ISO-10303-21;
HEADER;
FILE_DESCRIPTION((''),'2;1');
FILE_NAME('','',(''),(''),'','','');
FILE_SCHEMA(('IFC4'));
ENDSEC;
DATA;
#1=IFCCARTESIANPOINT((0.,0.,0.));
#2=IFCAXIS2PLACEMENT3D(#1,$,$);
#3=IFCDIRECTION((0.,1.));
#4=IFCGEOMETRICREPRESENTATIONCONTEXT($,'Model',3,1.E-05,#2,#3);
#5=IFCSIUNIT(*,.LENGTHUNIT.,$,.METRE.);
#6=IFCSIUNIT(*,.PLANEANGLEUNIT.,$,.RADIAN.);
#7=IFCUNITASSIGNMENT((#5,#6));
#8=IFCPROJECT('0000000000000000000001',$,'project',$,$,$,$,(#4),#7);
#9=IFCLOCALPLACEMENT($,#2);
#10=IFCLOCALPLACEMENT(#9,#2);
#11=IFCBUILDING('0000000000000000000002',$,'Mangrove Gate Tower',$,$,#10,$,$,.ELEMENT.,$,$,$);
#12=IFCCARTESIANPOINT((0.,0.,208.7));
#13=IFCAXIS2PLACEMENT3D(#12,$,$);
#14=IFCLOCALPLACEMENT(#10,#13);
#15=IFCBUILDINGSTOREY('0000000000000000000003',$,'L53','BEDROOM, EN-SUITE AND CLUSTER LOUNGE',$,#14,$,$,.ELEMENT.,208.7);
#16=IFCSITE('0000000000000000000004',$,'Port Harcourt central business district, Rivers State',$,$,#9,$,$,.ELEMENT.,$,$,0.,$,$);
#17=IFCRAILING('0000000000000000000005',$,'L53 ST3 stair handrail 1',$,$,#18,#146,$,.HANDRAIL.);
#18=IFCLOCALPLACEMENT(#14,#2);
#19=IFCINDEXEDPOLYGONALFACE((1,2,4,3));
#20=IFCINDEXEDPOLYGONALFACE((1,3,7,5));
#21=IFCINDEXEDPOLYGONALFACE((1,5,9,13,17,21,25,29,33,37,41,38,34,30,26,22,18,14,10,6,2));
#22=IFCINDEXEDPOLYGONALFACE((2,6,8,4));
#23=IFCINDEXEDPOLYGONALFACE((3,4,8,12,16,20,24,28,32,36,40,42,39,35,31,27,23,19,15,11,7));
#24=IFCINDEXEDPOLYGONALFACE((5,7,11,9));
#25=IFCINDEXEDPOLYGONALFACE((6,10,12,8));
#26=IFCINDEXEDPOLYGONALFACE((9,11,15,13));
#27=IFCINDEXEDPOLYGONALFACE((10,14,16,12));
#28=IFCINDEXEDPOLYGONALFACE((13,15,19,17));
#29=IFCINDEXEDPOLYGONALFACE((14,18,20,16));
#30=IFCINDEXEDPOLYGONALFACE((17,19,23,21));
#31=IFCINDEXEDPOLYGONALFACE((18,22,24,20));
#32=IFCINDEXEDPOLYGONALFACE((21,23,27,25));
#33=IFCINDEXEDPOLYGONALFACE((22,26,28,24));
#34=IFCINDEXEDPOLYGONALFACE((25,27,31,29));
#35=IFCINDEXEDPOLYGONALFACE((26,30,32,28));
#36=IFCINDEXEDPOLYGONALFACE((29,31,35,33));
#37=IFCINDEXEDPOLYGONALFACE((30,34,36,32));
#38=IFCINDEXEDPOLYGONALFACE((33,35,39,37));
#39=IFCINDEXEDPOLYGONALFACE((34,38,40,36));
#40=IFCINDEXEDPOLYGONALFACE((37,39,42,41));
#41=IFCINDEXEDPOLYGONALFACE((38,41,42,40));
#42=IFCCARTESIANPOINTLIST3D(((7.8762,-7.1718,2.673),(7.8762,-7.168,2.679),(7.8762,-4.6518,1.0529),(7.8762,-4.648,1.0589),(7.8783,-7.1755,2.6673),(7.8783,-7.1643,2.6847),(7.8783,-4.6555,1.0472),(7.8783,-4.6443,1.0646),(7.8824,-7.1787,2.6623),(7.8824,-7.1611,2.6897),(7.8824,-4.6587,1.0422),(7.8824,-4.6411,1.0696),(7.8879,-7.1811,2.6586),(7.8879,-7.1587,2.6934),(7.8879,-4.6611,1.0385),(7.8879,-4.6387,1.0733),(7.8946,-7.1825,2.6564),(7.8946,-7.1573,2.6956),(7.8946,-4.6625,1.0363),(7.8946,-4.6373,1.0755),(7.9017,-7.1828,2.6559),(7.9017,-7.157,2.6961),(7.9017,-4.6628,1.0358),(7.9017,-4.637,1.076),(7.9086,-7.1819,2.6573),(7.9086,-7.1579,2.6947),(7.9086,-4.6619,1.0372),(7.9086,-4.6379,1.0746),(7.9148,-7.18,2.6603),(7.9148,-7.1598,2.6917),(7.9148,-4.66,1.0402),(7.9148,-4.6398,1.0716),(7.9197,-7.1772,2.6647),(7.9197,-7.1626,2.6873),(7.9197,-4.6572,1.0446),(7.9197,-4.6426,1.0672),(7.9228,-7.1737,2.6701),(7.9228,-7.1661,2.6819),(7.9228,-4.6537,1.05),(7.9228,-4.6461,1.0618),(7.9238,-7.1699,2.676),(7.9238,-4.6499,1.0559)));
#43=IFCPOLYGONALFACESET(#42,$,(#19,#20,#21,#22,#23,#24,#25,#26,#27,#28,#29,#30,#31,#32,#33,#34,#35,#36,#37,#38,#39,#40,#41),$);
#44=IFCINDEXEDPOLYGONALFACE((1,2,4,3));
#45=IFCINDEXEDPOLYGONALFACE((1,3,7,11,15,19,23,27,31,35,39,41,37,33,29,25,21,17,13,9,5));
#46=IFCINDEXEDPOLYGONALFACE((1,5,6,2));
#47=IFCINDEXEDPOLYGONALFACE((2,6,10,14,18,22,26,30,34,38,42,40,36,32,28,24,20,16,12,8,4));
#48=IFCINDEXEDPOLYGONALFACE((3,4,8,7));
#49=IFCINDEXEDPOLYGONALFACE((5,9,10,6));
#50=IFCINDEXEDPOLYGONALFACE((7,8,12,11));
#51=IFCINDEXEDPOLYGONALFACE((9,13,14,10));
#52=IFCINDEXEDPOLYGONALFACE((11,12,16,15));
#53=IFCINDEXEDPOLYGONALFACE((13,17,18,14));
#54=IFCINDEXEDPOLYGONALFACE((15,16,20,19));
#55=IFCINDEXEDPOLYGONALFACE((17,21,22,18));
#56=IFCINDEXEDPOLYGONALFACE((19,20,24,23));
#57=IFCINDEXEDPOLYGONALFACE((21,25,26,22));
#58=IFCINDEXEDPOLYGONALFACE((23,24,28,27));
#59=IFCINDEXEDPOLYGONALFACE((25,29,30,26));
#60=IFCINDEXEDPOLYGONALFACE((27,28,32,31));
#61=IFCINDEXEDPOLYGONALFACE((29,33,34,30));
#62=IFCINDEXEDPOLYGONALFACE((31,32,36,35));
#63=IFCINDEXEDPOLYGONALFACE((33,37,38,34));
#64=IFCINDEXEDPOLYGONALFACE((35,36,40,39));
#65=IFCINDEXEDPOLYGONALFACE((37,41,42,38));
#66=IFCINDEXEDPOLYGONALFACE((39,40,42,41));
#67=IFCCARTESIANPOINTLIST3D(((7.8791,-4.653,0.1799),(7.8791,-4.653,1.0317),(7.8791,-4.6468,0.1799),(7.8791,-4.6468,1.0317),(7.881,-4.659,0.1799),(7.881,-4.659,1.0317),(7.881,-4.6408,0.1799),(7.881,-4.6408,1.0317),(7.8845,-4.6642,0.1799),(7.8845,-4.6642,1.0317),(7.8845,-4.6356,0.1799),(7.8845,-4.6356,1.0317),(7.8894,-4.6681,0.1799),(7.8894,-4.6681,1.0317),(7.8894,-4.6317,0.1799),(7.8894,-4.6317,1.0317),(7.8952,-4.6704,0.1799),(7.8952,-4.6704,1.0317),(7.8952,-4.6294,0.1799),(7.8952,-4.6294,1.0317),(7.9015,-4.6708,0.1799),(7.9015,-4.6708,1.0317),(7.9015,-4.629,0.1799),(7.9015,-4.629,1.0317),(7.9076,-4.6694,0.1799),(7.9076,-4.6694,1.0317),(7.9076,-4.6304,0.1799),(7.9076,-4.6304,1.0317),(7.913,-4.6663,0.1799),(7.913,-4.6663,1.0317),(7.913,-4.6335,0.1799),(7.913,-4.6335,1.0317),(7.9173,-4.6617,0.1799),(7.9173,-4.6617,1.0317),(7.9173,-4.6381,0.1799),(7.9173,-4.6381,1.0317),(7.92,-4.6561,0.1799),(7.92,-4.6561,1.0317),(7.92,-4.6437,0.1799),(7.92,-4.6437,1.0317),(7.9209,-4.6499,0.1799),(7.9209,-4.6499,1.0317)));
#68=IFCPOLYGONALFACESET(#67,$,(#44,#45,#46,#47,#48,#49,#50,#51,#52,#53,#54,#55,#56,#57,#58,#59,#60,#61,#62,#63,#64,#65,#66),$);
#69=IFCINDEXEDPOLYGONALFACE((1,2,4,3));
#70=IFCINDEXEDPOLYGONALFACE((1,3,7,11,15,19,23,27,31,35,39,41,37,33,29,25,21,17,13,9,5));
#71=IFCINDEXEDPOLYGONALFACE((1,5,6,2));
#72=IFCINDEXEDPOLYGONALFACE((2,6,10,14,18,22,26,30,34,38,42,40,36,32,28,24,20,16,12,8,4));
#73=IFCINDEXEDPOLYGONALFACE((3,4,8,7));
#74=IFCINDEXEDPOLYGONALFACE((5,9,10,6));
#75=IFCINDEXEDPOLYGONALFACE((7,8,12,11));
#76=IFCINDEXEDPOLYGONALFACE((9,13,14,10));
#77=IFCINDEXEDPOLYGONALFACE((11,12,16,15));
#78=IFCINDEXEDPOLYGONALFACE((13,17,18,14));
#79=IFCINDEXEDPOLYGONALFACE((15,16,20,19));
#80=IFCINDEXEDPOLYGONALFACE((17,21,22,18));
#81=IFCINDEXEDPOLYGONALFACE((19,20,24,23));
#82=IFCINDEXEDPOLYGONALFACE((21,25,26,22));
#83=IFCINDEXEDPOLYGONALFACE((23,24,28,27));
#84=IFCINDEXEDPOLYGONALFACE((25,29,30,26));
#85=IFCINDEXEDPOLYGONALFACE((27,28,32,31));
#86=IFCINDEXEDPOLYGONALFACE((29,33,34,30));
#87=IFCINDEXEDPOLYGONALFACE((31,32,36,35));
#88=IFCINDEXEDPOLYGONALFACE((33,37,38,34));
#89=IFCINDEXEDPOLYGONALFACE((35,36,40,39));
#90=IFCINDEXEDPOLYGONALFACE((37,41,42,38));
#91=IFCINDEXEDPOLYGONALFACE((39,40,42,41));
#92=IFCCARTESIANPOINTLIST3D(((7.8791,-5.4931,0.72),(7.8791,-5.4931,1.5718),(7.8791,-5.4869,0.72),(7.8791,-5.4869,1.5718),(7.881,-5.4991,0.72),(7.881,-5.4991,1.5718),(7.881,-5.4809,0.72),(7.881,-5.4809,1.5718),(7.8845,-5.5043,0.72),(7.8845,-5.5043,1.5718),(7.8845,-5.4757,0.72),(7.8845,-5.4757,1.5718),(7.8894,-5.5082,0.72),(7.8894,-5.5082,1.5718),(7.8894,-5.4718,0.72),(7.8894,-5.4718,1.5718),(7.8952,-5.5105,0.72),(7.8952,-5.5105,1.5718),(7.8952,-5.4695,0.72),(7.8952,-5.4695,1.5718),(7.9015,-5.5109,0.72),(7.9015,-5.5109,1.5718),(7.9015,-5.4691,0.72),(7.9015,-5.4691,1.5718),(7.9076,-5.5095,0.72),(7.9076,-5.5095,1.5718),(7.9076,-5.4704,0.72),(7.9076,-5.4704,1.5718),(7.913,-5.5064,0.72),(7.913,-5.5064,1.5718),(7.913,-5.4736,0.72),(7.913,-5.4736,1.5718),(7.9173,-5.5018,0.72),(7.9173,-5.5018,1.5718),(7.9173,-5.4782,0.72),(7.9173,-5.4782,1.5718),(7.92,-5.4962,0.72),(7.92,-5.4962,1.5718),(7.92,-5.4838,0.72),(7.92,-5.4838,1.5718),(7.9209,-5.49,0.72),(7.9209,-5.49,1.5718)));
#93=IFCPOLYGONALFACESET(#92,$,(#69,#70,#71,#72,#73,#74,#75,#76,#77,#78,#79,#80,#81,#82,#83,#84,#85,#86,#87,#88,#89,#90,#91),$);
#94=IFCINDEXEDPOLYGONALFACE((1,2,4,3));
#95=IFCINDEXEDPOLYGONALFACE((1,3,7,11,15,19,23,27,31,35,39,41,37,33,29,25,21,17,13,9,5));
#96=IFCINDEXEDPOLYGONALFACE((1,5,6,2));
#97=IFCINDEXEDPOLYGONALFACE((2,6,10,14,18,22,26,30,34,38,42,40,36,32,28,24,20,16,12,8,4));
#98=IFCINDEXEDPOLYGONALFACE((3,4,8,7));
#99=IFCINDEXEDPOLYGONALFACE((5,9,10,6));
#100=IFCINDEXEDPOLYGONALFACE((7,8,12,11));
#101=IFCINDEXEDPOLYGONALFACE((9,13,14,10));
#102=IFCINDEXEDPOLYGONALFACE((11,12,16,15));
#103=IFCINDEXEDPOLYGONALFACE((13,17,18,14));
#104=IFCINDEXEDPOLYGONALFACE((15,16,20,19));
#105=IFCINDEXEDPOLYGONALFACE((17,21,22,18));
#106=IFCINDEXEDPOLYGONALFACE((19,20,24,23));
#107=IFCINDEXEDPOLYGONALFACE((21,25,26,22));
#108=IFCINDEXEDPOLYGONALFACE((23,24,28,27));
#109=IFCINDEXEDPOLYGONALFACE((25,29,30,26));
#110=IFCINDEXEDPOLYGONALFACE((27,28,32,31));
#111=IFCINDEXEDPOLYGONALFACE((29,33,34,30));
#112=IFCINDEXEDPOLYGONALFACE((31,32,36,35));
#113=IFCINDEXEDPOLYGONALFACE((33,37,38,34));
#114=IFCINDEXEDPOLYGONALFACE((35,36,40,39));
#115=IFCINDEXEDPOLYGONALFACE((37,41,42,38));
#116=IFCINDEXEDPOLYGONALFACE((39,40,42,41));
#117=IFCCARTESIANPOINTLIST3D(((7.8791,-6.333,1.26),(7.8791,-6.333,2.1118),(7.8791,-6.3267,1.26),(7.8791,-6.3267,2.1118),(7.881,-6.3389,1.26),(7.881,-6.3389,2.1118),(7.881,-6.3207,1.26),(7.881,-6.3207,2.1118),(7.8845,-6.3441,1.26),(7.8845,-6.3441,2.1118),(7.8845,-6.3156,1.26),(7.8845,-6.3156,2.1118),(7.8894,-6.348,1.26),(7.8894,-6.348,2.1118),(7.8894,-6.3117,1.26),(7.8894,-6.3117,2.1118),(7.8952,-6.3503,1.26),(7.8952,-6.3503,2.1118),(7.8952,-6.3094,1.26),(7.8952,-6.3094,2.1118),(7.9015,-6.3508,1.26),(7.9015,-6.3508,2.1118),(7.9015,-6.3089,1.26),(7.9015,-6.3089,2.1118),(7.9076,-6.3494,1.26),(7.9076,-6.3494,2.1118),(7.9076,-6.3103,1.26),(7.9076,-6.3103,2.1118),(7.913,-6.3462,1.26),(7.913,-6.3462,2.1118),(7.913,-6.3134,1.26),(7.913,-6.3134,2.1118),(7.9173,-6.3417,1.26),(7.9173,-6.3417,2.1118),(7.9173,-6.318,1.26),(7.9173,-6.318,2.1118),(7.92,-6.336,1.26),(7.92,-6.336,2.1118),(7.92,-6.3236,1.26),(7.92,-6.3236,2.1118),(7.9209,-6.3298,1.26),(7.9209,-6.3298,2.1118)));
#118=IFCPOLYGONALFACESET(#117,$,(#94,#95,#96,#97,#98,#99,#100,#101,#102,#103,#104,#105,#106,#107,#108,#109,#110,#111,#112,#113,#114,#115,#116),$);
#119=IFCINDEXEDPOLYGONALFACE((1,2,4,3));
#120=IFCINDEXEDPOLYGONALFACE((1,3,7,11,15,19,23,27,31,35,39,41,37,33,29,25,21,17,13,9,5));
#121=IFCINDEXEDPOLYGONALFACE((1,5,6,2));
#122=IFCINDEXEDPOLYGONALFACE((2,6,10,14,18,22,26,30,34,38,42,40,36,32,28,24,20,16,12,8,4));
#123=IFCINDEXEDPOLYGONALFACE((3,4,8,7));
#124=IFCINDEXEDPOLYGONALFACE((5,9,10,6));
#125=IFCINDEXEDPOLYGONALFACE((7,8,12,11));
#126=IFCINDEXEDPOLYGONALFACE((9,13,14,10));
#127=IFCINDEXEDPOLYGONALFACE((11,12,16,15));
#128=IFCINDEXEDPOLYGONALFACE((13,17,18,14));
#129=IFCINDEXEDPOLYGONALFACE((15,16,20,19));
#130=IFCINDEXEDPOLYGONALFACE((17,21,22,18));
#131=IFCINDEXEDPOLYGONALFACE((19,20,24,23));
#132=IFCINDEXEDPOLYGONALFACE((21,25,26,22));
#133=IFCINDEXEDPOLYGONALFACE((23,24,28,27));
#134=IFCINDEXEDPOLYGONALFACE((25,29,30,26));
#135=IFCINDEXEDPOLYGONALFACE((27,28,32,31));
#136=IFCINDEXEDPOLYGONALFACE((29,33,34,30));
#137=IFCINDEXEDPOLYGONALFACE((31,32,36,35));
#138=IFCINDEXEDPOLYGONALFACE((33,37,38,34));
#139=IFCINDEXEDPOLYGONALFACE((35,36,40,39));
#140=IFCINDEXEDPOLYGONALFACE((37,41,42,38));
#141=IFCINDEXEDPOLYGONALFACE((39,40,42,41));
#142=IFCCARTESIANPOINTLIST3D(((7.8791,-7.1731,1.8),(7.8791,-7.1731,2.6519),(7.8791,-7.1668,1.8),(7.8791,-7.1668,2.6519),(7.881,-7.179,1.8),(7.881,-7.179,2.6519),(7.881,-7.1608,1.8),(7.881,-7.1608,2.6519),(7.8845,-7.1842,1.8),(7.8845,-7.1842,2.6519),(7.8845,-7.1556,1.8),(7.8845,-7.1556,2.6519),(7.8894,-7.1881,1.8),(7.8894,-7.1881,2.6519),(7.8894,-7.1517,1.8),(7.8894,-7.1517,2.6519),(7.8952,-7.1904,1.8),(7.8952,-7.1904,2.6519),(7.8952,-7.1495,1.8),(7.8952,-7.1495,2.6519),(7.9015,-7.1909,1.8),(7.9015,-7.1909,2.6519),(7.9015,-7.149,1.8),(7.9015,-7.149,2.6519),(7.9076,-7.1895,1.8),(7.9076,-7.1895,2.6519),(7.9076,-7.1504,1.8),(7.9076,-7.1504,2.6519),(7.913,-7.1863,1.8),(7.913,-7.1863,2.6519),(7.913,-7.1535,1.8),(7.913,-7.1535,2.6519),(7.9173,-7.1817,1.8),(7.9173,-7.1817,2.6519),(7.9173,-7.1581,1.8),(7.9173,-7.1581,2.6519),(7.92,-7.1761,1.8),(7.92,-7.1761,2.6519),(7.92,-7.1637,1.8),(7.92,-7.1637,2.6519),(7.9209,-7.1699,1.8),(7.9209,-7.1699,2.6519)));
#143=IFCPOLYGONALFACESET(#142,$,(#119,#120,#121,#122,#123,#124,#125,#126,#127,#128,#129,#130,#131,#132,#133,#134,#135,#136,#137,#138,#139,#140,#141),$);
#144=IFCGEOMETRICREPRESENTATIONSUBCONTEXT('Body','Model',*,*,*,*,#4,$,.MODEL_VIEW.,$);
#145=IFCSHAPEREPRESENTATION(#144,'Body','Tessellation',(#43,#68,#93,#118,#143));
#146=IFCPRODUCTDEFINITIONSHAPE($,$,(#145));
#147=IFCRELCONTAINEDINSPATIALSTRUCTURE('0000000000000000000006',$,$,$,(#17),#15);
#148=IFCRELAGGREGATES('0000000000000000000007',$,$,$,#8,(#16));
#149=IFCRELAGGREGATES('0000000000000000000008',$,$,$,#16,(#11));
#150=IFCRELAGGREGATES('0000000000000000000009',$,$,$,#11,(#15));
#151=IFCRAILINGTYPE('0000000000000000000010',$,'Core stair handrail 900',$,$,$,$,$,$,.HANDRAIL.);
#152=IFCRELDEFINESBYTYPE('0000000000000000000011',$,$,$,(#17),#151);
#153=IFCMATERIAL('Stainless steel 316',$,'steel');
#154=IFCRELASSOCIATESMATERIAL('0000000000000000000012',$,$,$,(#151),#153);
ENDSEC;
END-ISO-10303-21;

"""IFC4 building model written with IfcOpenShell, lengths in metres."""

from ifc_helpers import new_model, si_unit, direction, frame, origin, origin_2d, place, context, subcontext, project, spatial, circle, extrude, material, type_object, element, save


model = new_model("IFC4")

# Units and contexts
model_context = context("Model", 3, precision=1e-05, world=origin(), true_north=direction((0.0, 1.0)))
body_context = subcontext(model_context, "Body", "Model", "MODEL_VIEW")
ifc_project = project(units=[si_unit("LENGTHUNIT", "METRE"), si_unit("PLANEANGLEUNIT", "RADIAN")], contexts=[model_context])

# Site, building, storey
site_placement = place(None, origin())
site = spatial("IfcSite", under=ifc_project, at=site_placement, Name="Port Harcourt central business district, Rivers State", CompositionType="ELEMENT", RefElevation=0.0)
building_placement = place(site_placement, origin())
building = spatial("IfcBuilding", under=site, at=building_placement, Name="Mangrove Gate Tower", CompositionType="ELEMENT")
storey_placement = place(building_placement, frame((0.0, 0.0, 208.7)))
storey = spatial("IfcBuildingStorey", under=building, at=storey_placement, Name="L53", Description="BEDROOM, EN-SUITE AND CLUSTER LOUNGE", CompositionType="ELEMENT", Elevation=208.7)

# Railing
ifc_material_1 = material(Name="Stainless steel 316", Category="steel")
railing_type_1 = type_object("IfcRailingType", Name="Core stair handrail 900", PredefinedType="HANDRAIL", material=ifc_material_1)
railing_1_placement = place(storey_placement, frame((7.8999, -4.6499, 0.1799)))
element("IfcRailing", 1, at=railing_1_placement, inside=storey, type_object=railing_type_1, Name="L53 ST3 stair handrail 1", PredefinedType="HANDRAIL", context=body_context, shape_type="SweptSolid", body=[
    extrude(circle(Radius=0.0239, at=origin_2d()), frame((0.0, 0.0, 0.876), z_axis=(0.0, -0.841163, 0.540782), x_axis=(1.0, 0.0, 0.0)), (0.0, 0.0, 1.0), 2.9958),
    extrude(circle(Radius=0.021, at=origin_2d()), origin(), (0.0, 0.0, 1.0), 0.8518),
    extrude(circle(Radius=0.021, at=origin_2d()), frame((0.0, -0.8401, 0.54)), (0.0, 0.0, 1.0), 0.8518),
    extrude(circle(Radius=0.021, at=origin_2d()), frame((0.0, -1.6799, 1.0801)), (0.0, 0.0, 1.0), 0.8518),
    extrude(circle(Radius=0.021, at=origin_2d()), frame((0.0, -2.52, 1.6201)), (0.0, 0.0, 1.0), 0.8518),
])

save(model, "model.ifc")
